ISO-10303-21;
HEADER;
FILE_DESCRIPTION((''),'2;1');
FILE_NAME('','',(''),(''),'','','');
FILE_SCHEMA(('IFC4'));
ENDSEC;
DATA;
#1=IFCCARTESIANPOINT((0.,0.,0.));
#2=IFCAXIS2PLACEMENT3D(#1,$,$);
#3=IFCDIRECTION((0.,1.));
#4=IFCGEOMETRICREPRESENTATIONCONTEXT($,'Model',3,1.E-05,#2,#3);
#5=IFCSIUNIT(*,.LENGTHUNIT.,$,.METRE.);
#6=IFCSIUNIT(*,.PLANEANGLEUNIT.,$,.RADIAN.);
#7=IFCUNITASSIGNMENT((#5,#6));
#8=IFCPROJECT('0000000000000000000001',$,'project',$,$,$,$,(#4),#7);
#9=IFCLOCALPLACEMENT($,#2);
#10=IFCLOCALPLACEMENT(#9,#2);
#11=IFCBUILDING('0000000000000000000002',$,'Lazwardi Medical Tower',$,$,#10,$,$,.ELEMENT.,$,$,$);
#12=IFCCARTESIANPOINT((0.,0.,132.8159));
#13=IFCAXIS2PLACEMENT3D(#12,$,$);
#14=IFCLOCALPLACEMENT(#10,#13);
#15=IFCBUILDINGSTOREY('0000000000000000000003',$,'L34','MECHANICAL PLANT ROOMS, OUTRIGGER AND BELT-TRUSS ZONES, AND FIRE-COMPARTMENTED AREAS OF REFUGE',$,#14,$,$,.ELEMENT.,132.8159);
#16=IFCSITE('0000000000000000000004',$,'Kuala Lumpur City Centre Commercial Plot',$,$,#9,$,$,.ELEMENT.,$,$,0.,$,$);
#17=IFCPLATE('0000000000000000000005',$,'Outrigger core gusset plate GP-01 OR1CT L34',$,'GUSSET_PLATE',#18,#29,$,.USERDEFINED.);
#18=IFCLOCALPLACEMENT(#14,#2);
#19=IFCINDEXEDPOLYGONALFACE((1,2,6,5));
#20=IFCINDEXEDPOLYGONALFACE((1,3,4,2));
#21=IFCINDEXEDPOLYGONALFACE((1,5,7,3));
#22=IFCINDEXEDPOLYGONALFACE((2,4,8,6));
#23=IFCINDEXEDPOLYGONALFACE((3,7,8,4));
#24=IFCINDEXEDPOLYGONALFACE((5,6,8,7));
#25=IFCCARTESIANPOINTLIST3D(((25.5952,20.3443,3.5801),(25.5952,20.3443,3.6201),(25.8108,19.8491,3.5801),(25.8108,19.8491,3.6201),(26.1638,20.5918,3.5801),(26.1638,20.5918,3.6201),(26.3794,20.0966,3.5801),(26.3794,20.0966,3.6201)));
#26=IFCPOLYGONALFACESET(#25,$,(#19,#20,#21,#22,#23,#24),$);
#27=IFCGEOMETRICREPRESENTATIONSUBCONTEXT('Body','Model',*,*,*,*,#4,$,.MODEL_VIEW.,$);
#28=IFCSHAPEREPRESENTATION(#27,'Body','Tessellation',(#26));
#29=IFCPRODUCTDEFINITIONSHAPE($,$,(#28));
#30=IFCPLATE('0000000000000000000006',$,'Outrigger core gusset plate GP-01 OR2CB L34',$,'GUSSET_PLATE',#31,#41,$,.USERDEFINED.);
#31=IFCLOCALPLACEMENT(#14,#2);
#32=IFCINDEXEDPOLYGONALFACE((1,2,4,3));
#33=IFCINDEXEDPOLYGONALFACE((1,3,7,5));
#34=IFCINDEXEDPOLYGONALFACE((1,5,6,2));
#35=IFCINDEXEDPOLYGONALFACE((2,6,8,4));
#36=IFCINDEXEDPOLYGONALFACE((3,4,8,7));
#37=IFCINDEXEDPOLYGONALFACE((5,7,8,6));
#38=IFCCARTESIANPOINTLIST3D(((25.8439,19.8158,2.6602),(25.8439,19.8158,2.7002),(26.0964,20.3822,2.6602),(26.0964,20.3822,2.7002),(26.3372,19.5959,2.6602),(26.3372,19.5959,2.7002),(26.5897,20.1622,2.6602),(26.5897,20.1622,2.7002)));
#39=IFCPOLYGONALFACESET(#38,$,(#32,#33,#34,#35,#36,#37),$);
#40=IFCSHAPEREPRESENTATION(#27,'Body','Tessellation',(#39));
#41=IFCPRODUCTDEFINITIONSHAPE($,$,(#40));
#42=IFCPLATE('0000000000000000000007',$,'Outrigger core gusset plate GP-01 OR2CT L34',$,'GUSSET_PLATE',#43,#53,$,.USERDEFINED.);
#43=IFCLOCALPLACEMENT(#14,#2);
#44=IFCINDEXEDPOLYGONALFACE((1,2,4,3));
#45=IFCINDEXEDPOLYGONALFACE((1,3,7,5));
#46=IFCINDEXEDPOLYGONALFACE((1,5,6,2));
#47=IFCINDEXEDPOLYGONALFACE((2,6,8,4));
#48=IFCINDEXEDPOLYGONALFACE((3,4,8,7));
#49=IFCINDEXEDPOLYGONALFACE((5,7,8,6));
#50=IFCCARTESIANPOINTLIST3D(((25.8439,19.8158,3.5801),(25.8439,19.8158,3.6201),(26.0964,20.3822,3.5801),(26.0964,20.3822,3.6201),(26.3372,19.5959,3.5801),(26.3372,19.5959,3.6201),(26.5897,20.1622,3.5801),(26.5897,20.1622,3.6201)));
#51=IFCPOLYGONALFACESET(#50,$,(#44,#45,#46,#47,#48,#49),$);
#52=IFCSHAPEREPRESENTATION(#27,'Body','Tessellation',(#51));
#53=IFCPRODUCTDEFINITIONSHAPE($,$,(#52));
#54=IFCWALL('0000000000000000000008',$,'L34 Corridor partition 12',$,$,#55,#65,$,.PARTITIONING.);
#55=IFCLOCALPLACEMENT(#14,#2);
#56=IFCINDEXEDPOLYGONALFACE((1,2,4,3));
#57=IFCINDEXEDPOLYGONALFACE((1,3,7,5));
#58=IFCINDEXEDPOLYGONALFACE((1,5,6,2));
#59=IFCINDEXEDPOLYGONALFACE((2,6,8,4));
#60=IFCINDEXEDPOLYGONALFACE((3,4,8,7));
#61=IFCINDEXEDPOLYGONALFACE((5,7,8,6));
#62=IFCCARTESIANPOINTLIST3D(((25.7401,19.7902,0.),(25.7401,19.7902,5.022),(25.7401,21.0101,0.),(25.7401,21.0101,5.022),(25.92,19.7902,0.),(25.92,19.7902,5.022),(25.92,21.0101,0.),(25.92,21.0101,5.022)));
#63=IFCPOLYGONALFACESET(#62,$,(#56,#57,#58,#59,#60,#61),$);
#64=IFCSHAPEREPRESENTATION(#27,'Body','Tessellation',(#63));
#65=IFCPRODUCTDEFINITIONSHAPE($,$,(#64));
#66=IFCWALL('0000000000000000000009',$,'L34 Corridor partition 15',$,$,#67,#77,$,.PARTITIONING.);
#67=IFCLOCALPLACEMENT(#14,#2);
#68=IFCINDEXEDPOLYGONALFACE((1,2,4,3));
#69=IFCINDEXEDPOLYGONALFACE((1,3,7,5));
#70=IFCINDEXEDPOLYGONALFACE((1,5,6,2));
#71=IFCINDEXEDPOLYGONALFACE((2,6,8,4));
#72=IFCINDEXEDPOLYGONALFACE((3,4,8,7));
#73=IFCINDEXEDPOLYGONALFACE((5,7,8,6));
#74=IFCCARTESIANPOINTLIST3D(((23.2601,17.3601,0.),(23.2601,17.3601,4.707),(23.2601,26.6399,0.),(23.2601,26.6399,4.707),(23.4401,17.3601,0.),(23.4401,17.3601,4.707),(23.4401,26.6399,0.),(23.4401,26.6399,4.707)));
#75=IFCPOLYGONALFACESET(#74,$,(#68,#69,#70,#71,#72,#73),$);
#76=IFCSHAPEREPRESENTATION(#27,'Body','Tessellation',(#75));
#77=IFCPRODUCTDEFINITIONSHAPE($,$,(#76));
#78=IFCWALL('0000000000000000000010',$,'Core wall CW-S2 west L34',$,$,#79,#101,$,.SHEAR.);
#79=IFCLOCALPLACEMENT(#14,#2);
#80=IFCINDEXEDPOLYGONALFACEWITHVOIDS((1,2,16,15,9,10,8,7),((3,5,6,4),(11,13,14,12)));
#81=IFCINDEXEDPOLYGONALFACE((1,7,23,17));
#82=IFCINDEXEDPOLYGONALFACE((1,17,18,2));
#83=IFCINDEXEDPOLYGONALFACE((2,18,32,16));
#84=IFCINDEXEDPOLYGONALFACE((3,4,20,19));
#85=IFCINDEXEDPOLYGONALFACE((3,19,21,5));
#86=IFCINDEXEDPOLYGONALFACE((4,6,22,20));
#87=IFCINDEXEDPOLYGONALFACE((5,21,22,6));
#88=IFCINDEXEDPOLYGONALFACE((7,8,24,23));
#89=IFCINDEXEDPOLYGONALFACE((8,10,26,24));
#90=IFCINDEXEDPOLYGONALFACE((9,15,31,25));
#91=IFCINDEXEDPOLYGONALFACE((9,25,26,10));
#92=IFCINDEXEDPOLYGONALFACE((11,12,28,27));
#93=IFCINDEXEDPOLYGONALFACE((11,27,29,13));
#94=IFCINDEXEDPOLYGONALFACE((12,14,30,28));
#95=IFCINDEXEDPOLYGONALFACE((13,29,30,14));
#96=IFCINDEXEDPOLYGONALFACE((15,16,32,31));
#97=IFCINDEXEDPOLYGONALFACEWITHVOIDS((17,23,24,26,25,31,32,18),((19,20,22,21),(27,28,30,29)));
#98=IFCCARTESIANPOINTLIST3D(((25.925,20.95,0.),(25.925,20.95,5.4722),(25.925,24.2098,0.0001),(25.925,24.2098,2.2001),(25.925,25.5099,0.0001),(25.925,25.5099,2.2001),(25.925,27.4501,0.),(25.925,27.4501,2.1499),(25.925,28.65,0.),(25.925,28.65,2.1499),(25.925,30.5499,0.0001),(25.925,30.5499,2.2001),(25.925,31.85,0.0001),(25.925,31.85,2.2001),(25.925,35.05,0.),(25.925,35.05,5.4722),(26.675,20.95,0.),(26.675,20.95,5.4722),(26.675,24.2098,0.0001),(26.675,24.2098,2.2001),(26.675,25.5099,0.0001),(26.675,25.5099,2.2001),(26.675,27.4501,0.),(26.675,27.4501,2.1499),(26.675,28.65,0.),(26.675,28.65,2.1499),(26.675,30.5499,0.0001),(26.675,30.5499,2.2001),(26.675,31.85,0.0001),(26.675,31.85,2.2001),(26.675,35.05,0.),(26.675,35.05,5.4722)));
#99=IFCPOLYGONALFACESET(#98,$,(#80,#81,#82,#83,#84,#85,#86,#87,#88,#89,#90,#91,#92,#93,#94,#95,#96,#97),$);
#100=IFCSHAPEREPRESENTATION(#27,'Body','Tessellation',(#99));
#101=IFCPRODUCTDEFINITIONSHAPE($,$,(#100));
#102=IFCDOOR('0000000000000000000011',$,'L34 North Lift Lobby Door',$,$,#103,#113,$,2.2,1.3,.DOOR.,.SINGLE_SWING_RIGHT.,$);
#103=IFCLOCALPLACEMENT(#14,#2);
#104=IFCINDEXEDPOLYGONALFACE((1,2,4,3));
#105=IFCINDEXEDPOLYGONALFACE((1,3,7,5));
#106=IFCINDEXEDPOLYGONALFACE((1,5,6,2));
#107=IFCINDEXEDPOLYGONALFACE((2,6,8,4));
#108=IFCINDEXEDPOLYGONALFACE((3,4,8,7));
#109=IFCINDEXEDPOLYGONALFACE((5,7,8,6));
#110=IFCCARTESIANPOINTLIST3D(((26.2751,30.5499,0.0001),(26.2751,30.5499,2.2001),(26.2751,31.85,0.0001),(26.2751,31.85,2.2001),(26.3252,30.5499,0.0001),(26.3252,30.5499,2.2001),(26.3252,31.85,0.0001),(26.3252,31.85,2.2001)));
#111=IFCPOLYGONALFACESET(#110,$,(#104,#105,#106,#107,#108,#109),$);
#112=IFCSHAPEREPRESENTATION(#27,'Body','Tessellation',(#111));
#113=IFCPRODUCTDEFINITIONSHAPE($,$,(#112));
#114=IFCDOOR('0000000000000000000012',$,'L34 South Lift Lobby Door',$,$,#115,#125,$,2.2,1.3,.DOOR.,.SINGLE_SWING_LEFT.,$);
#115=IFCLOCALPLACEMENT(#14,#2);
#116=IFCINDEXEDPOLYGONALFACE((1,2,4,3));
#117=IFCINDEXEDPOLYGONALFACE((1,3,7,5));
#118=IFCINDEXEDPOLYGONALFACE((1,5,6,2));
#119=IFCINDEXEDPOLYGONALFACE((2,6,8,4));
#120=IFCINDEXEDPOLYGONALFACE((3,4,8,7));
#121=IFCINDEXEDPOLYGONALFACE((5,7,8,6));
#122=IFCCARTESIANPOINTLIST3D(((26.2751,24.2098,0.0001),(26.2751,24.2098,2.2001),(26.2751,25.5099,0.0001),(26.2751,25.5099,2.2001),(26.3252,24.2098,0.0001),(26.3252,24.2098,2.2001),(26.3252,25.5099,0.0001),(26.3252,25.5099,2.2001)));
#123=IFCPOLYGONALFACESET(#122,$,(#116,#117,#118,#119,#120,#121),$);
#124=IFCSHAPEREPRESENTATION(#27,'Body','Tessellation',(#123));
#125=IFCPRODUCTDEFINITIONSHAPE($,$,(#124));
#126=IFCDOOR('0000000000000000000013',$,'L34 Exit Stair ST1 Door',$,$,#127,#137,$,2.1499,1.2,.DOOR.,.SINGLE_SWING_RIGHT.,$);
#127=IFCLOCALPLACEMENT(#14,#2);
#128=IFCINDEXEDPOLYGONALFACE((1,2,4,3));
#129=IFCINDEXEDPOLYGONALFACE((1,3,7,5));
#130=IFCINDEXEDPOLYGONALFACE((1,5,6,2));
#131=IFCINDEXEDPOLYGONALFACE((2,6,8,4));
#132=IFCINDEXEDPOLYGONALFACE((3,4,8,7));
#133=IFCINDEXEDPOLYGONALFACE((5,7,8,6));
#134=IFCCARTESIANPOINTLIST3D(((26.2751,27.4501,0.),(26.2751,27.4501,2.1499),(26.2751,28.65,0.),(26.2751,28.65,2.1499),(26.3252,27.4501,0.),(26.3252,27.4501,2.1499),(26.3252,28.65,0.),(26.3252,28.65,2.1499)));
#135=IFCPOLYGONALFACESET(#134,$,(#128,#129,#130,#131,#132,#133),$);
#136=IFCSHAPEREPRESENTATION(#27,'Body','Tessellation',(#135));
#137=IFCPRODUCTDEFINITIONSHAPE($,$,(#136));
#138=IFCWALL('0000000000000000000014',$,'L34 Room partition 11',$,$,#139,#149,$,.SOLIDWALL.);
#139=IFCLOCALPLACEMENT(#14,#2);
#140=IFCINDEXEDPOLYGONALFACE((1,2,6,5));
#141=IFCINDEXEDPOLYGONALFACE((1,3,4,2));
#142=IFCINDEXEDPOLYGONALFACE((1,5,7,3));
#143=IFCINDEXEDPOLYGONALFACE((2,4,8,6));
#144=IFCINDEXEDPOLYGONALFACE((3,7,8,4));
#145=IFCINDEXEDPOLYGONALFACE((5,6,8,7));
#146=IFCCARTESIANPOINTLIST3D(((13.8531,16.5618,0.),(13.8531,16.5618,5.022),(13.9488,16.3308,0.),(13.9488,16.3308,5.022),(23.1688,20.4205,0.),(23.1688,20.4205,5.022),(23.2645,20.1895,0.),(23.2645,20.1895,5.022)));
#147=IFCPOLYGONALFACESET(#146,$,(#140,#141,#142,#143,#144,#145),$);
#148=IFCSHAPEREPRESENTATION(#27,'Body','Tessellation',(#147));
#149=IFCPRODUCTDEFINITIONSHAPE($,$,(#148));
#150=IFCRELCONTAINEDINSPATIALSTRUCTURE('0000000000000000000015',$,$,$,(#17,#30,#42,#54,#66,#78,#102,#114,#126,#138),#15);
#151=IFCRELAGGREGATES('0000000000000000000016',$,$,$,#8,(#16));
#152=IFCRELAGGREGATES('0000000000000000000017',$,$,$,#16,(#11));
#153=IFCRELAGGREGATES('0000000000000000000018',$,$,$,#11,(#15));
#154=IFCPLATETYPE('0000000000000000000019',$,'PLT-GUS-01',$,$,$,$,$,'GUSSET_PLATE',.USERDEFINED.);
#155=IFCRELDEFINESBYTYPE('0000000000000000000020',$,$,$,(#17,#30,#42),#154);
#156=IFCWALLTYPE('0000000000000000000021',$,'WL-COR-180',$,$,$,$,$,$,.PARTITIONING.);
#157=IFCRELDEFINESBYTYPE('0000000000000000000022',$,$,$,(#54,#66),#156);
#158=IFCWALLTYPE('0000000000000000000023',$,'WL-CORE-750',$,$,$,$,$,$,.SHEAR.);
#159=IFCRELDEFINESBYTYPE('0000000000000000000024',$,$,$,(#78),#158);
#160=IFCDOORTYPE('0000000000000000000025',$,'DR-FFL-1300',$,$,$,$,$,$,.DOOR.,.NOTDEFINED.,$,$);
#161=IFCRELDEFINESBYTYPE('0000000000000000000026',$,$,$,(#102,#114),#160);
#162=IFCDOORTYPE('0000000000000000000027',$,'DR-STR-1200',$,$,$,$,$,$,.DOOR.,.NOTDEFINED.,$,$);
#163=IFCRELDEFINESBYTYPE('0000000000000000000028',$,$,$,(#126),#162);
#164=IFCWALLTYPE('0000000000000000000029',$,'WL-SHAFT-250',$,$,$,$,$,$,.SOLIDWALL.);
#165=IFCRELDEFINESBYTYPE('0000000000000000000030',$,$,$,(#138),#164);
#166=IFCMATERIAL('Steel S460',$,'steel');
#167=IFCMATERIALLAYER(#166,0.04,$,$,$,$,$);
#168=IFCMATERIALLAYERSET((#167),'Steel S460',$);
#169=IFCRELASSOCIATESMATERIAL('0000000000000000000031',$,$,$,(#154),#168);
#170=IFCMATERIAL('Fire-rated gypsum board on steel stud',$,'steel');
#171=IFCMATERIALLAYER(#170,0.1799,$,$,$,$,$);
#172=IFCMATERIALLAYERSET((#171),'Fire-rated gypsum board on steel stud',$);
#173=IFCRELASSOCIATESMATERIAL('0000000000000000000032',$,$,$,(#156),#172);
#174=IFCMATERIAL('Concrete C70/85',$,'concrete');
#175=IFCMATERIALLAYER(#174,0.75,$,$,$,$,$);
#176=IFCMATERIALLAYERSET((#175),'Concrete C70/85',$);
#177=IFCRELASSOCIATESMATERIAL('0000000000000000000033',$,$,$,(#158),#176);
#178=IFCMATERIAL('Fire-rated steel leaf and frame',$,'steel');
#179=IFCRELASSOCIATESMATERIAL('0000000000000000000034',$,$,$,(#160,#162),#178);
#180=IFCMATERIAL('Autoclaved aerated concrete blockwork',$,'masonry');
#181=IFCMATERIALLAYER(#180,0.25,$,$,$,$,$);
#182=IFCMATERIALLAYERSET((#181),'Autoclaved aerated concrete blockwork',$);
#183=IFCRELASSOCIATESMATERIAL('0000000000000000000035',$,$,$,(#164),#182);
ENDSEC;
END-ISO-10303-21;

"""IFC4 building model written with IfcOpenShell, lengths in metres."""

from ifc_helpers import new_model, si_unit, direction, frame, frame_2d, origin, origin_2d, place, context, subcontext, project, spatial, rectangle, extrude, material, layer, layer_set, type_object, element, fill, save


model = new_model("IFC4")

# Units and contexts
model_context = context("Model", 3, precision=1e-05, world=origin(), true_north=direction((0.0, 1.0)))
body_context = subcontext(model_context, "Body", "Model", "MODEL_VIEW")
ifc_project = project(units=[si_unit("LENGTHUNIT", "METRE"), si_unit("PLANEANGLEUNIT", "RADIAN")], contexts=[model_context])

# Site, building, storey
site_placement = place(None, origin())
site = spatial("IfcSite", under=ifc_project, at=site_placement, Name="Kuala Lumpur City Centre Commercial Plot", CompositionType="ELEMENT", RefElevation=0.0)
building_placement = place(site_placement, origin())
building = spatial("IfcBuilding", under=site, at=building_placement, Name="Lazwardi Medical Tower", CompositionType="ELEMENT")
storey_placement = place(building_placement, frame((0.0, 0.0, 132.8159)))
storey = spatial("IfcBuildingStorey", under=building, at=storey_placement, Name="L34", Description="MECHANICAL PLANT ROOMS, OUTRIGGER AND BELT-TRUSS ZONES, AND FIRE-COMPARTMENTED AREAS OF REFUGE", CompositionType="ELEMENT", Elevation=132.8159)

# Shared definitions
ifc_material_1 = material(Name="Steel S460", Category="steel")

# Plates
ifc_layer_1 = layer(ifc_material_1, 0.04)
ifc_layer_set_1 = layer_set([ifc_layer_1], Name="Steel S460")
plate_type = type_object("IfcPlateType", Name="PLT-GUS-01", ElementType="GUSSET_PLATE", PredefinedType="USERDEFINED", material=ifc_layer_set_1)
for number, where, z_axis, x_axis, name in (
    (1, (25.9873, 20.2205, 3.5801), (0.0, 0.0, 1.0), (-0.916921, -0.399069, 0.0), "Outrigger core gusset plate GP-01 OR1CT L34"),
    (2, (26.2168, 19.989, 2.6602), (0.0, 0.0, 1.0), (-0.407215, -0.913332, 0.0), "Outrigger core gusset plate GP-01 OR2CB L34"),
    (3, (26.2168, 19.989, 3.5801), (0.0, 0.0, 1.0), (-0.407215, -0.913332, 0.0), "Outrigger core gusset plate GP-01 OR2CT L34"),
):
    element("IfcPlate", number, at=place(storey_placement, frame(where, z_axis=z_axis, x_axis=x_axis)), inside=storey, type_object=plate_type, Name=name, ObjectType="GUSSET_PLATE", PredefinedType="USERDEFINED", context=body_context, shape_type="SweptSolid", body=[
        extrude(rectangle(XDim=0.6201, YDim=0.54, at=origin_2d()), origin(), (0.0, 0.0, 1.0), 0.04),
    ])

# Walls
ifc_material_2 = material(Name="Fire-rated gypsum board on steel stud", Category="steel")
ifc_layer_2 = layer(ifc_material_2, 0.1799)
ifc_layer_set_2 = layer_set([ifc_layer_2], Name="Fire-rated gypsum board on steel stud")
wall_type_1 = type_object("IfcWallType", Name="WL-COR-180", PredefinedType="PARTITIONING", material=ifc_layer_set_2)
wall_1_placement = place(storey_placement, frame((25.8301, 21.01, 0.0), z_axis=(0.0, 0.0, 1.0), x_axis=(0.0, -1.0, 0.0)))
element("IfcWall", 4, at=wall_1_placement, inside=storey, type_object=wall_type_1, Name="L34 Corridor partition 12", PredefinedType="PARTITIONING", context=body_context, shape_type="SweptSolid", body=[
    extrude(rectangle(XDim=1.22, YDim=0.1799, at=frame_2d((0.6099, 0.0))), origin(), (0.0, 0.0, 1.0), 5.022),
])
wall_2_placement = place(storey_placement, frame((23.3501, 17.3601, 0.0), z_axis=(0.0, 0.0, 1.0), x_axis=(0.0, 1.0, 0.0)))
element("IfcWall", 5, at=wall_2_placement, inside=storey, type_object=wall_type_1, Name="L34 Corridor partition 15", PredefinedType="PARTITIONING", context=body_context, shape_type="SweptSolid", body=[
    extrude(rectangle(XDim=9.2798, YDim=0.1799, at=frame_2d((4.6399, 0.0))), origin(), (0.0, 0.0, 1.0), 4.707),
])

# Wall, openings, doors
ifc_material_3 = material(Name="Concrete C70/85", Category="concrete")
ifc_layer_3 = layer(ifc_material_3, 0.75)
ifc_layer_set_3 = layer_set([ifc_layer_3], Name="Concrete C70/85")
wall_type_2 = type_object("IfcWallType", Name="WL-CORE-750", PredefinedType="SHEAR", material=ifc_layer_set_3)
wall_3_placement = place(storey_placement, frame((26.3, 20.95, 0.0), z_axis=(0.0, 0.0, 1.0), x_axis=(0.0, 1.0, 0.0)))
wall_3 = element("IfcWall", 6, at=wall_3_placement, inside=storey, type_object=wall_type_2, Name="Core wall CW-S2 west L34", PredefinedType="SHEAR", context=body_context, shape_type="SweptSolid", body=[
    extrude(rectangle(XDim=14.1001, YDim=0.75, at=frame_2d((7.05, 0.0))), origin(), (0.0, 0.0, 1.0), 5.4722),
])
opening_1_placement = place(wall_3_placement, frame((6.5, 0.0, 0.0)))
opening_1 = element("IfcOpeningElement", 7, at=opening_1_placement, cuts=wall_3, PredefinedType="OPENING", context=body_context, shape_type="SweptSolid", body=[
    extrude(rectangle(XDim=1.2, YDim=2.1499, at=frame_2d((0.6001, 1.075))), frame((0.0, 0.385, 0.0), z_axis=(0.0, -1.0, 0.0), x_axis=(1.0, 0.0, 0.0)), (0.0, 0.0, 1.0), 0.77),
])
opening_2_placement = place(wall_3_placement, frame((9.6001, 0.0, 0.0)))
opening_2 = element("IfcOpeningElement", 8, at=opening_2_placement, cuts=wall_3, PredefinedType="OPENING", context=body_context, shape_type="SweptSolid", body=[
    extrude(rectangle(XDim=1.3, YDim=2.2, at=frame_2d((0.6499, 1.1001))), frame((0.0, 0.385, 0.0), z_axis=(0.0, -1.0, 0.0), x_axis=(1.0, 0.0, 0.0)), (0.0, 0.0, 1.0), 0.77),
])
opening_3_placement = place(wall_3_placement, frame((3.26, 0.0, 0.0)))
opening_3 = element("IfcOpeningElement", 9, at=opening_3_placement, cuts=wall_3, PredefinedType="OPENING", context=body_context, shape_type="SweptSolid", body=[
    extrude(rectangle(XDim=1.3, YDim=2.2, at=frame_2d((0.6499, 1.1001))), frame((0.0, 0.385, 0.0), z_axis=(0.0, -1.0, 0.0), x_axis=(1.0, 0.0, 0.0)), (0.0, 0.0, 1.0), 0.77),
])
ifc_material_4 = material(Name="Fire-rated steel leaf and frame", Category="steel")
door_type_1 = type_object("IfcDoorType", Name="DR-FFL-1300", OperationType="NOTDEFINED", PredefinedType="DOOR", material=ifc_material_4)
door_1_placement = place(opening_2_placement, origin())
door_1 = element("IfcDoor", 10, at=door_1_placement, inside=storey, type_object=door_type_1, Name="L34 North Lift Lobby Door", OperationType="SINGLE_SWING_RIGHT", OverallHeight=2.2, OverallWidth=1.3, PredefinedType="DOOR", context=body_context, shape_type="SweptSolid", body=[
    extrude(rectangle(XDim=1.3, YDim=2.2, at=frame_2d((0.6499, 1.1001))), frame((0.0, 0.0249, 0.0), z_axis=(0.0, -1.0, 0.0), x_axis=(1.0, 0.0, 0.0)), (0.0, 0.0, 1.0), 0.05),
])
fill(opening_2, door_1)
door_2_placement = place(opening_3_placement, origin())
door_2 = element("IfcDoor", 11, at=door_2_placement, inside=storey, type_object=door_type_1, Name="L34 South Lift Lobby Door", OperationType="SINGLE_SWING_LEFT", OverallHeight=2.2, OverallWidth=1.3, PredefinedType="DOOR", context=body_context, shape_type="SweptSolid", body=[
    extrude(rectangle(XDim=1.3, YDim=2.2, at=frame_2d((0.6499, 1.1001))), frame((0.0, 0.0249, 0.0), z_axis=(0.0, -1.0, 0.0), x_axis=(1.0, 0.0, 0.0)), (0.0, 0.0, 1.0), 0.05),
])
fill(opening_3, door_2)
door_type_2 = type_object("IfcDoorType", Name="DR-STR-1200", OperationType="NOTDEFINED", PredefinedType="DOOR", material=ifc_material_4)
door_3_placement = place(opening_1_placement, origin())
door_3 = element("IfcDoor", 12, at=door_3_placement, inside=storey, type_object=door_type_2, Name="L34 Exit Stair ST1 Door", OperationType="SINGLE_SWING_RIGHT", OverallHeight=2.1499, OverallWidth=1.2, PredefinedType="DOOR", context=body_context, shape_type="SweptSolid", body=[
    extrude(rectangle(XDim=1.2, YDim=2.1499, at=frame_2d((0.6001, 1.075))), frame((0.0, 0.0249, 0.0), z_axis=(0.0, -1.0, 0.0), x_axis=(1.0, 0.0, 0.0)), (0.0, 0.0, 1.0), 0.05),
])
fill(opening_1, door_3)

# Wall
ifc_material_5 = material(Name="Autoclaved aerated concrete blockwork", Category="masonry")
ifc_layer_4 = layer(ifc_material_5, 0.25)
ifc_layer_set_4 = layer_set([ifc_layer_4], Name="Autoclaved aerated concrete blockwork")
wall_type_3 = type_object("IfcWallType", Name="WL-SHAFT-250", PredefinedType="SOLIDWALL", material=ifc_layer_set_4)
wall_4_placement = place(storey_placement, frame((23.2166, 20.3049, 0.0), z_axis=(0.0, 0.0, 1.0), x_axis=(-0.923881, -0.38268, 0.0)))
element("IfcWall", 13, at=wall_4_placement, inside=storey, type_object=wall_type_3, Name="L34 Room partition 11", PredefinedType="SOLIDWALL", context=body_context, shape_type="SweptSolid", body=[
    extrude(rectangle(XDim=10.0833, YDim=0.25, at=frame_2d((5.0415, 0.0))), origin(), (0.0, 0.0, 1.0), 5.022),
])

save(model, "model.ifc")
